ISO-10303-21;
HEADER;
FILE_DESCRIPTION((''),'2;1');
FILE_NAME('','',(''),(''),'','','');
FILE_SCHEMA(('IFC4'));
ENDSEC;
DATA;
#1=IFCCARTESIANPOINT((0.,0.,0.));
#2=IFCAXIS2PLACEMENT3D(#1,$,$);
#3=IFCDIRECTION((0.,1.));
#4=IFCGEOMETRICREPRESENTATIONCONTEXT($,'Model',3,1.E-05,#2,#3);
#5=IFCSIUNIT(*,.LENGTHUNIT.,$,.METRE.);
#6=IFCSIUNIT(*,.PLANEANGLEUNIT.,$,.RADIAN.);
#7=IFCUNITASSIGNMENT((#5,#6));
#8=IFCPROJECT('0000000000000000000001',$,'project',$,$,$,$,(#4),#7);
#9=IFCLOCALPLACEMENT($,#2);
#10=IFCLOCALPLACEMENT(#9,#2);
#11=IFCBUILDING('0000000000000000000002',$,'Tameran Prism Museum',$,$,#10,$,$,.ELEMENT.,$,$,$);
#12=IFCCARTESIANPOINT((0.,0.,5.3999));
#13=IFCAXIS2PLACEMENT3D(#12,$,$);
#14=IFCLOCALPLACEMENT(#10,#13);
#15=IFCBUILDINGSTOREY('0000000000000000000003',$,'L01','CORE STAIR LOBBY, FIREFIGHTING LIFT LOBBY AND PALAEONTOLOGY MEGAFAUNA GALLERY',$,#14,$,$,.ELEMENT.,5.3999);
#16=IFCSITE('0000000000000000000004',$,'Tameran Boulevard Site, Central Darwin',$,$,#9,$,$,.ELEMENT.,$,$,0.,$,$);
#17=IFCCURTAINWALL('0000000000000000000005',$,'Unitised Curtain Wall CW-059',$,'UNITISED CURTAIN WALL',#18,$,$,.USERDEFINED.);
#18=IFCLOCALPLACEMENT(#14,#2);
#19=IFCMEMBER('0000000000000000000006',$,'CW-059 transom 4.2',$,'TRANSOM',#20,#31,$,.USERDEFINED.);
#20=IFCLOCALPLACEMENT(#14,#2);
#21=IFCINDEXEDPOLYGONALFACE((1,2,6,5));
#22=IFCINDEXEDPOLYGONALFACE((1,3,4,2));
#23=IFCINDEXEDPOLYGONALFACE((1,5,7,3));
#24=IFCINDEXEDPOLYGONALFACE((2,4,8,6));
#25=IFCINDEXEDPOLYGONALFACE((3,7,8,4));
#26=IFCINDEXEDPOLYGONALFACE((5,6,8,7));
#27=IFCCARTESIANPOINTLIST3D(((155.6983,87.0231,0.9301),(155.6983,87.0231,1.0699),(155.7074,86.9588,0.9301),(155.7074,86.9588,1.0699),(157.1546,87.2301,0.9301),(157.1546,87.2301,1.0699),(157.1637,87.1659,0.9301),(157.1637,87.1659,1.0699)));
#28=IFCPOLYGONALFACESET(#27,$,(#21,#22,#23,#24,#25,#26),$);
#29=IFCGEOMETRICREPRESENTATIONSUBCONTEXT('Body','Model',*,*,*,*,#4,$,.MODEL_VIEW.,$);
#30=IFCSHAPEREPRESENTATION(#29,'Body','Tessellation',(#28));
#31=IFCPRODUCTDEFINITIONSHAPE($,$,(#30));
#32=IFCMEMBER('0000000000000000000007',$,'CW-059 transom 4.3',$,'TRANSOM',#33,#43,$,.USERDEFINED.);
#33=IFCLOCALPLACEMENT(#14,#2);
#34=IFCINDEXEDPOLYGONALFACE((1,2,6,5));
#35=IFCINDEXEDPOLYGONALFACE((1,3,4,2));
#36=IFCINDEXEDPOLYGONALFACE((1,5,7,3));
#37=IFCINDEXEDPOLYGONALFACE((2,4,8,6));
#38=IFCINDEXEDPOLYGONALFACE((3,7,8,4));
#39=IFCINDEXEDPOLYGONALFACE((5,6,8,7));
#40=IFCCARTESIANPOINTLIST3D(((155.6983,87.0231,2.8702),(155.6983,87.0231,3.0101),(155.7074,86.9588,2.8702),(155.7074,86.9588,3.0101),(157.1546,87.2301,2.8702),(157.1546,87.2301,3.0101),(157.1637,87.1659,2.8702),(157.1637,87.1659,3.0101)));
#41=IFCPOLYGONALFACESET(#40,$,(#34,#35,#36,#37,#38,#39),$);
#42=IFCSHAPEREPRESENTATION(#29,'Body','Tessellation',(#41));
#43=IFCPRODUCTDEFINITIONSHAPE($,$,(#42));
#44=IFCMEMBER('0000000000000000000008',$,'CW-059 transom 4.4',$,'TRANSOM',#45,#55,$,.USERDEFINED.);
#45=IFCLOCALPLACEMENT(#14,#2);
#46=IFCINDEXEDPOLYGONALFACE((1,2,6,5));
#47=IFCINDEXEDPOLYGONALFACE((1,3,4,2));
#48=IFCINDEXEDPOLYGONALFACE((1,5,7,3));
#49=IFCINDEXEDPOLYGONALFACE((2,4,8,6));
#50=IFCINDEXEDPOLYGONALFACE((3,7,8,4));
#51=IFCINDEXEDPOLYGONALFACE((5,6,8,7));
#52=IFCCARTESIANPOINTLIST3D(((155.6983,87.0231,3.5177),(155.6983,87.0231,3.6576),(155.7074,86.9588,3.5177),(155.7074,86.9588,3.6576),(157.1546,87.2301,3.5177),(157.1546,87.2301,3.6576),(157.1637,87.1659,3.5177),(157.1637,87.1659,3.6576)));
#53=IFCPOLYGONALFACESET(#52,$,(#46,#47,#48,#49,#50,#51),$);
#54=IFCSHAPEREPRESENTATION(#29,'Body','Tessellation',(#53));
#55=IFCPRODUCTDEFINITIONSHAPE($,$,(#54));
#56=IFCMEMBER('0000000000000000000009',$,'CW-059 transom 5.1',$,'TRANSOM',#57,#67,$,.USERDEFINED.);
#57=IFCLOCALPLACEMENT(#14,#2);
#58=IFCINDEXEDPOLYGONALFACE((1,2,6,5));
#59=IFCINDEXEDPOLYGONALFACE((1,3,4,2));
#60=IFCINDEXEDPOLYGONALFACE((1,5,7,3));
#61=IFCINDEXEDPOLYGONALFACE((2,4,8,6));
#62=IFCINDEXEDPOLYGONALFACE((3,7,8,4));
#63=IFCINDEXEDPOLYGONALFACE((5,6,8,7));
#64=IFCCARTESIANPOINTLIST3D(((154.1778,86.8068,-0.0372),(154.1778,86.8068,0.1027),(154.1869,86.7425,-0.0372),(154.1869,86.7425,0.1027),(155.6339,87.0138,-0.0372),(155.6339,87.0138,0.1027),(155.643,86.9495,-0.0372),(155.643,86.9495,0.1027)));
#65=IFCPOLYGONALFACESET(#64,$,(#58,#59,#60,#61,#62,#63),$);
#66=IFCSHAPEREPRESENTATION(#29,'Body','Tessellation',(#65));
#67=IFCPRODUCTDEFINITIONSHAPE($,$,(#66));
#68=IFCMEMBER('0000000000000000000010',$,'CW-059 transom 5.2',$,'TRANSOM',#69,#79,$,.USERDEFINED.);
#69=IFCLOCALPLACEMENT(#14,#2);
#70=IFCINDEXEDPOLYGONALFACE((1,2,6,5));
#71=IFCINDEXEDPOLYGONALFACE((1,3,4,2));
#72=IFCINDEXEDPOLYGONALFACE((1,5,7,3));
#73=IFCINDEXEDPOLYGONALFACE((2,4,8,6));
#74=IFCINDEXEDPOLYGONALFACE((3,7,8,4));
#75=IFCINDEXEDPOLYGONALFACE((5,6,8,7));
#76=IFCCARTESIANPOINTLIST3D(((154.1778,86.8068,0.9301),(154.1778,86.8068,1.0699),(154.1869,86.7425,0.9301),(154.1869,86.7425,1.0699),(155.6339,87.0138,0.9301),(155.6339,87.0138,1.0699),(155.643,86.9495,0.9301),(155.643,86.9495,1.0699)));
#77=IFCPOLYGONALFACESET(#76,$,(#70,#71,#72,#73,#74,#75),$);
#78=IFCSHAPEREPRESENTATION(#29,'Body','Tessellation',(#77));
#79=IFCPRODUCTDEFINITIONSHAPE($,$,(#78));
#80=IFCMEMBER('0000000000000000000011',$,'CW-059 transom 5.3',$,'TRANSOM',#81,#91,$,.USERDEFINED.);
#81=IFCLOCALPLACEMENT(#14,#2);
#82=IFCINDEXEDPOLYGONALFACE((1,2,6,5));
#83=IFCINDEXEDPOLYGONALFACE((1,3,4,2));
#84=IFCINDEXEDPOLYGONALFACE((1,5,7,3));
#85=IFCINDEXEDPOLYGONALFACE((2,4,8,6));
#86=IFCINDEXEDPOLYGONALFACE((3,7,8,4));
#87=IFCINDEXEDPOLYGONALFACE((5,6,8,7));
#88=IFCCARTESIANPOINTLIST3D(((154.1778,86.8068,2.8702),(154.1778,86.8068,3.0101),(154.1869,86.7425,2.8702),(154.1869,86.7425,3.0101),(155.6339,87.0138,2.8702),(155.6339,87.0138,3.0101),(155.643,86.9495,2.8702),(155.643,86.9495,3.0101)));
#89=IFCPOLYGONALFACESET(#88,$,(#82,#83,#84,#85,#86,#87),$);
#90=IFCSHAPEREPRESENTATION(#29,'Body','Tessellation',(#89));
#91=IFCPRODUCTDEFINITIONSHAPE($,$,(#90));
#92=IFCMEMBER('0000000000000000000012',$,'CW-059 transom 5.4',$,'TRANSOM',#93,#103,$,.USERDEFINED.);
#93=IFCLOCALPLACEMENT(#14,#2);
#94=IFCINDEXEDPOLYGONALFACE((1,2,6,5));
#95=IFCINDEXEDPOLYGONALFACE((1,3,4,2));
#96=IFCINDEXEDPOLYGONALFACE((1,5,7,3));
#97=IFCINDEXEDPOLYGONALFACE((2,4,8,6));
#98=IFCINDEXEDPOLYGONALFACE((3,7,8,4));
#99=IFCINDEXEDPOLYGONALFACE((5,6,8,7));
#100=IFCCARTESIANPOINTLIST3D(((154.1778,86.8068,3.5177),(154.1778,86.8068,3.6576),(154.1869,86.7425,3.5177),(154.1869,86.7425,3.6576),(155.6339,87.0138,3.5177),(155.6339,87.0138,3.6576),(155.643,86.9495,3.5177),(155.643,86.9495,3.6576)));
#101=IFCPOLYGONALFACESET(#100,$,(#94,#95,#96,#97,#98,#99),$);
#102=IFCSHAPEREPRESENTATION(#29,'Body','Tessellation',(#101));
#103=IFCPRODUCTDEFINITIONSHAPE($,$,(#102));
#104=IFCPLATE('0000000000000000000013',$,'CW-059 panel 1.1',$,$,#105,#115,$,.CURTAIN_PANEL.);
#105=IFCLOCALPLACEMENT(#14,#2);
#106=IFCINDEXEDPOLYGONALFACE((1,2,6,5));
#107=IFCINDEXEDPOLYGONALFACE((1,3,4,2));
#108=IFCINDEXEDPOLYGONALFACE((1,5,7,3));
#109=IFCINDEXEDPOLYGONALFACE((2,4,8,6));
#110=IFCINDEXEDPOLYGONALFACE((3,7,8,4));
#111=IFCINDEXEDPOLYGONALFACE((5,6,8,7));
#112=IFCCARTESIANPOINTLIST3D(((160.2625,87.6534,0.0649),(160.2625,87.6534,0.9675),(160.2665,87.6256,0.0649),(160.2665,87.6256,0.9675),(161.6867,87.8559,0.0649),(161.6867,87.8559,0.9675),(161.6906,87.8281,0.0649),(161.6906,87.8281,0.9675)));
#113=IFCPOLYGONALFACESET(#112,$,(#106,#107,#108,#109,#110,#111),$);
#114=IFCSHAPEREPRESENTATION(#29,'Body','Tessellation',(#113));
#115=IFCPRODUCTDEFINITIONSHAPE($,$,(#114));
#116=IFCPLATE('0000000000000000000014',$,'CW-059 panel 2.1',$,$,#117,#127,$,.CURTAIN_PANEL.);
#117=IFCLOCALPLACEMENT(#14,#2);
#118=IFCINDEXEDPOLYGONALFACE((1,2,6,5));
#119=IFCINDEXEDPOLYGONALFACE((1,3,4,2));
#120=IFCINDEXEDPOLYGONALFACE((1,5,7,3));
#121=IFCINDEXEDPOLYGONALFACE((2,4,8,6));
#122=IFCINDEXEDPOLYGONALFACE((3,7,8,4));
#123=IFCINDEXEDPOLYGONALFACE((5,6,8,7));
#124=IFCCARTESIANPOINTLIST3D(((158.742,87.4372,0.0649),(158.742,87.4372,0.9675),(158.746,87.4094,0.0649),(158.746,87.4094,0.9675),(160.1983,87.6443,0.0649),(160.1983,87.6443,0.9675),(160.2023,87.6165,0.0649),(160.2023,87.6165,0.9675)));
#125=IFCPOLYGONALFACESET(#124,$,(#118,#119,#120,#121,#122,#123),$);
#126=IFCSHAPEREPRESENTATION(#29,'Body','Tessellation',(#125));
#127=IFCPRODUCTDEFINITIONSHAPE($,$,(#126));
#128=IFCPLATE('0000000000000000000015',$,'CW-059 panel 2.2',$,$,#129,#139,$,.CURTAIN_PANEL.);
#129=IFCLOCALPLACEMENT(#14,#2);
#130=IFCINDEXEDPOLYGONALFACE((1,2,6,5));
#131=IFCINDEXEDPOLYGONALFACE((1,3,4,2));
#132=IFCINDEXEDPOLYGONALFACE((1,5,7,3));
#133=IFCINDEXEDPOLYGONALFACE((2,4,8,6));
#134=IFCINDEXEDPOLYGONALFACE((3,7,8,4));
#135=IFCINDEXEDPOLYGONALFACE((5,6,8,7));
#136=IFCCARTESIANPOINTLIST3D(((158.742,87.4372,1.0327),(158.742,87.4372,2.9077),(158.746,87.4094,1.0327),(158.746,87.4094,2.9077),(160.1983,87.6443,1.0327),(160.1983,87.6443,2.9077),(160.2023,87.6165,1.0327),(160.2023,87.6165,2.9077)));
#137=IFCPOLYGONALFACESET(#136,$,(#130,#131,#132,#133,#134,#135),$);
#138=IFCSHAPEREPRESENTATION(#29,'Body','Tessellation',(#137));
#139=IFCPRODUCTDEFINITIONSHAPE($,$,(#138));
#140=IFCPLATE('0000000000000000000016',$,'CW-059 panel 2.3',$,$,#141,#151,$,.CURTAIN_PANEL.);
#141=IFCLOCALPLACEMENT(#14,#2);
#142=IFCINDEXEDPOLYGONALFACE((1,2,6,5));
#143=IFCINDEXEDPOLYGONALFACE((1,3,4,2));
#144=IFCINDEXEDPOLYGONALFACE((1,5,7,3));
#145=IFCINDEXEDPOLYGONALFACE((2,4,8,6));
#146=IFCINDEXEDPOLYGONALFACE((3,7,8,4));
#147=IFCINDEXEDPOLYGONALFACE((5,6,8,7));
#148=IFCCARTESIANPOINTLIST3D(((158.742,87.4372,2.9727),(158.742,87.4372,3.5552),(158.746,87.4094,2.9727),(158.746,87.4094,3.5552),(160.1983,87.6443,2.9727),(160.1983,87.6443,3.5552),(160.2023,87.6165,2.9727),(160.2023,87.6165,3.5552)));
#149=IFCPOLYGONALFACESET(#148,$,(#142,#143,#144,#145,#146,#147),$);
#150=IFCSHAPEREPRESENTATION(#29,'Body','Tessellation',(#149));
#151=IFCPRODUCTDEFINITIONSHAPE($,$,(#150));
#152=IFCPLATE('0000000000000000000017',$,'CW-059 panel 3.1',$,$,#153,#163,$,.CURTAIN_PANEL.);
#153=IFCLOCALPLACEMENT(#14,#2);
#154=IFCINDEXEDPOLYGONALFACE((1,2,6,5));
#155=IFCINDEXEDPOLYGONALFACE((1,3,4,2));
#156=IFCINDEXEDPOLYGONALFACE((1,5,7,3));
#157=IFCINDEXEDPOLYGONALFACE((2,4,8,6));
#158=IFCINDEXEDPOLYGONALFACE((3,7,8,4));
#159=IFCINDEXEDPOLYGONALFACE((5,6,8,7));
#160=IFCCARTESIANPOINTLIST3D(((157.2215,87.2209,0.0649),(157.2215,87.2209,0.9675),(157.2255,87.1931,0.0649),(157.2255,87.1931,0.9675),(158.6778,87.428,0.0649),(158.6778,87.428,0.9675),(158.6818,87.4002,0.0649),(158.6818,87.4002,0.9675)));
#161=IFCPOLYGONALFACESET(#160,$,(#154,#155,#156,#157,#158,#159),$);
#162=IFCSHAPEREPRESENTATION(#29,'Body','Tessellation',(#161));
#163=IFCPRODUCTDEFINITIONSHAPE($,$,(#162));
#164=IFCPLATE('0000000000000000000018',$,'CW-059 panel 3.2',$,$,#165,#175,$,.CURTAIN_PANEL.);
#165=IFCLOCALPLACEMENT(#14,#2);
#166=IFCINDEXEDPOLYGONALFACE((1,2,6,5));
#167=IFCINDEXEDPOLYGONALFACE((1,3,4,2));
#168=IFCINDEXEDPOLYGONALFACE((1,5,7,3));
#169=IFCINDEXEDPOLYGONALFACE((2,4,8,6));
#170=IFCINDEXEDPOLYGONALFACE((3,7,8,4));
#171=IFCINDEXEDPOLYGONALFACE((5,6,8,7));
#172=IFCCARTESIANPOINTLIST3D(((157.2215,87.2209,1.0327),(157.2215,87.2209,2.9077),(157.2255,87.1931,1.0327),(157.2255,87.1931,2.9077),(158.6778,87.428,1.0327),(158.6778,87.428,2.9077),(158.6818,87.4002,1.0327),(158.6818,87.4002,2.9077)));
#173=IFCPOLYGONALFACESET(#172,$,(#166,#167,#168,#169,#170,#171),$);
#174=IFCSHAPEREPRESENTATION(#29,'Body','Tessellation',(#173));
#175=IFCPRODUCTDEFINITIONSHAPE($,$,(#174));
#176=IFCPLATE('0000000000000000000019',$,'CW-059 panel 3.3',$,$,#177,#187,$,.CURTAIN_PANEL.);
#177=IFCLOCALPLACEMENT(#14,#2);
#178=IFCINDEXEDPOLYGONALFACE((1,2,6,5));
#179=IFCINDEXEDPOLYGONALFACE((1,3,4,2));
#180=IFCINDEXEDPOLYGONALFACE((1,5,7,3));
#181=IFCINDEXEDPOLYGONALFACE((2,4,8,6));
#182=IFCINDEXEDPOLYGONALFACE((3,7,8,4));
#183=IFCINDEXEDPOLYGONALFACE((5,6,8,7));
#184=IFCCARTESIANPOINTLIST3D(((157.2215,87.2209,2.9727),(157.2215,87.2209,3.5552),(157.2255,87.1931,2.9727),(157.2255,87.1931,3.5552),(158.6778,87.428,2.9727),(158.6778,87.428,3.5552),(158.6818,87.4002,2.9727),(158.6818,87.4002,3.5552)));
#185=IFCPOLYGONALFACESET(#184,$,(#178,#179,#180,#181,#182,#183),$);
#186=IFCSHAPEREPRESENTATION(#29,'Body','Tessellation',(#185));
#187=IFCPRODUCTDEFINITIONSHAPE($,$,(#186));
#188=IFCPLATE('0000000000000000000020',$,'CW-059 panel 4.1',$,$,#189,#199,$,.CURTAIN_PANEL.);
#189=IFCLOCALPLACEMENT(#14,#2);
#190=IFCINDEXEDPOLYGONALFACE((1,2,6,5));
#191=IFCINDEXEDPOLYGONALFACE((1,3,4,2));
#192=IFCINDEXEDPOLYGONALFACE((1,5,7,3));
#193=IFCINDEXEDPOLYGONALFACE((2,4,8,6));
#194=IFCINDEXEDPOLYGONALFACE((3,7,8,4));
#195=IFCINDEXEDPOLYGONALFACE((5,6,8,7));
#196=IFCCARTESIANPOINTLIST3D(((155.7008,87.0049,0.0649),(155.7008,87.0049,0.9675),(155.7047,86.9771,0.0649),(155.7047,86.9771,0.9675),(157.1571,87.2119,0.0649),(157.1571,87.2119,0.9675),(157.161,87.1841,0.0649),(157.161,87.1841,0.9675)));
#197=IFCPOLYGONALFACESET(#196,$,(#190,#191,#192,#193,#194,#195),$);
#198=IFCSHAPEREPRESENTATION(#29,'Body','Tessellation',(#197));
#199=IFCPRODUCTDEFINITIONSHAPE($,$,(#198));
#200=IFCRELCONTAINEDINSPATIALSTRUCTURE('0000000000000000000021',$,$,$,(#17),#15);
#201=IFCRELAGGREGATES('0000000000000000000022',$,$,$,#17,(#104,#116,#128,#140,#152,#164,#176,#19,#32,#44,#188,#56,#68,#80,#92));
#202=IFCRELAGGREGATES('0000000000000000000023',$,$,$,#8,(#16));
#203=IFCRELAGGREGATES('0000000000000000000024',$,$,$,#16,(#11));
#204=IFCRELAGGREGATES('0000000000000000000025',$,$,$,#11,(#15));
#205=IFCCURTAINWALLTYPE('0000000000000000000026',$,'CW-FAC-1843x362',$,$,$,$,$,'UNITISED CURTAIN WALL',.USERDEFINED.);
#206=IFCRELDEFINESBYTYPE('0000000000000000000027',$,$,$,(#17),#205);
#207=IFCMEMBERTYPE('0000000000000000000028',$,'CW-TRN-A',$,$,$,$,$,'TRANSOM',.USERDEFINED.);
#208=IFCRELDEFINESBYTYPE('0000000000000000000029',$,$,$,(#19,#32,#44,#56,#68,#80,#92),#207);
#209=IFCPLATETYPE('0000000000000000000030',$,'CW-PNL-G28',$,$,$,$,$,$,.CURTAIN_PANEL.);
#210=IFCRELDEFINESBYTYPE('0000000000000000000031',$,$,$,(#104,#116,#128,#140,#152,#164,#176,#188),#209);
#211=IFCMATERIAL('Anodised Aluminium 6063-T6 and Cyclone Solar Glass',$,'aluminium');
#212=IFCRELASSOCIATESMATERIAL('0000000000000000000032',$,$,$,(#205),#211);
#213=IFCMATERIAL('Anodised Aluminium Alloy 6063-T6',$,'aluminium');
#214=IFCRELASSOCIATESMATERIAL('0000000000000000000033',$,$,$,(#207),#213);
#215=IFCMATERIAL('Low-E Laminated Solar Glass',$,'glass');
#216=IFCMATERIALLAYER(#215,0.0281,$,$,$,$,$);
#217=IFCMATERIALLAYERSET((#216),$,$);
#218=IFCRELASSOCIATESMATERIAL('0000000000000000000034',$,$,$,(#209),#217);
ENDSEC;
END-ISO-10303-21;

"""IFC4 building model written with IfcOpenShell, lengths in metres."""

from ifc_helpers import new_model, si_unit, direction, frame, origin, origin_2d, place, context, subcontext, project, spatial, rectangle, extrude, material, layer, layer_set, material_profile, profile_set, type_object, element, aggregate, save


model = new_model("IFC4")

# Units and contexts
model_context = context("Model", 3, precision=1e-05, world=origin(), true_north=direction((0.0, 1.0)))
body_context = subcontext(model_context, "Body", "Model", "MODEL_VIEW")
ifc_project = project(units=[si_unit("LENGTHUNIT", "METRE"), si_unit("PLANEANGLEUNIT", "RADIAN")], contexts=[model_context])

# Site, building, storey
site_placement = place(None, origin())
site = spatial("IfcSite", under=ifc_project, at=site_placement, Name="Tameran Boulevard Site, Central Darwin", CompositionType="ELEMENT", RefElevation=0.0)
building_placement = place(site_placement, origin())
building = spatial("IfcBuilding", under=site, at=building_placement, Name="Tameran Prism Museum", CompositionType="ELEMENT")
storey_placement = place(building_placement, frame((0.0, 0.0, 5.3999)))
storey = spatial("IfcBuildingStorey", under=building, at=storey_placement, Name="L01", Description="CORE STAIR LOBBY, FIREFIGHTING LIFT LOBBY AND PALAEONTOLOGY MEGAFAUNA GALLERY", CompositionType="ELEMENT", Elevation=5.3999)

# Curtain wall, members, plates
ifc_material_1 = material(Name="Anodised Aluminium 6063-T6 and Cyclone Solar Glass", Category="aluminium")
curtain_wall_type = type_object("IfcCurtainWallType", Name="CW-FAC-1843x362", ElementType="UNITISED CURTAIN WALL", PredefinedType="USERDEFINED", material=ifc_material_1)
curtain_wall_placement = place(storey_placement, origin())
curtain_wall = element("IfcCurtainWall", 1, at=curtain_wall_placement, inside=storey, type_object=curtain_wall_type, Name="Unitised Curtain Wall CW-059", ObjectType="UNITISED CURTAIN WALL", PredefinedType="USERDEFINED")
ifc_material_2 = material(Name="Anodised Aluminium Alloy 6063-T6", Category="aluminium")
ifc_material_profile_1 = material_profile(ifc_material_2, rectangle(XDim=0.0649, YDim=0.1399, at=origin_2d()))
ifc_profile_set_1 = profile_set([ifc_material_profile_1])
member_type_1 = type_object("IfcMemberType", Name="CW-TRN-A", ElementType="TRANSOM", PredefinedType="USERDEFINED", material=ifc_profile_set_1)
member_1_placement = place(storey_placement, frame((157.1592, 87.198, 1.0), z_axis=(-0.990046, -0.140747, 0.0), x_axis=(0.140747, -0.990046, 0.0)))
member_1 = element("IfcMember", 2, at=member_1_placement, type_object=member_type_1, Name="CW-059 transom 4.2", ObjectType="TRANSOM", PredefinedType="USERDEFINED", context=body_context, shape_type="SweptSolid", body=[
    extrude(rectangle(XDim=0.0649, YDim=0.1399, at=origin_2d()), origin(), (0.0, 0.0, 1.0), 1.4709),
])
member_2_placement = place(storey_placement, frame((157.1592, 87.198, 2.9402), z_axis=(-0.990046, -0.140747, 0.0), x_axis=(0.140747, -0.990046, 0.0)))
member_2 = element("IfcMember", 3, at=member_2_placement, type_object=member_type_1, Name="CW-059 transom 4.3", ObjectType="TRANSOM", PredefinedType="USERDEFINED", context=body_context, shape_type="SweptSolid", body=[
    extrude(rectangle(XDim=0.0649, YDim=0.1399, at=origin_2d()), origin(), (0.0, 0.0, 1.0), 1.4709),
])
member_3_placement = place(storey_placement, frame((157.1592, 87.198, 3.5876), z_axis=(-0.990046, -0.140747, 0.0), x_axis=(0.140747, -0.990046, 0.0)))
member_3 = element("IfcMember", 4, at=member_3_placement, type_object=member_type_1, Name="CW-059 transom 4.4", ObjectType="TRANSOM", PredefinedType="USERDEFINED", context=body_context, shape_type="SweptSolid", body=[
    extrude(rectangle(XDim=0.0649, YDim=0.1399, at=origin_2d()), origin(), (0.0, 0.0, 1.0), 1.4709),
])
member_4_placement = place(storey_placement, frame((155.6384, 86.9817, 0.0327), z_axis=(-0.990042, -0.140771, 0.0), x_axis=(0.140771, -0.990042, 0.0)))
member_4 = element("IfcMember", 5, at=member_4_placement, type_object=member_type_1, Name="CW-059 transom 5.1", ObjectType="TRANSOM", PredefinedType="USERDEFINED", context=body_context, shape_type="SweptSolid", body=[
    extrude(rectangle(XDim=0.0649, YDim=0.1399, at=origin_2d()), origin(), (0.0, 0.0, 1.0), 1.4707),
])
member_5_placement = place(storey_placement, frame((155.6384, 86.9817, 1.0), z_axis=(-0.990042, -0.140771, 0.0), x_axis=(0.140771, -0.990042, 0.0)))
member_5 = element("IfcMember", 6, at=member_5_placement, type_object=member_type_1, Name="CW-059 transom 5.2", ObjectType="TRANSOM", PredefinedType="USERDEFINED", context=body_context, shape_type="SweptSolid", body=[
    extrude(rectangle(XDim=0.0649, YDim=0.1399, at=origin_2d()), origin(), (0.0, 0.0, 1.0), 1.4707),
])
member_6_placement = place(storey_placement, frame((155.6384, 86.9817, 2.9402), z_axis=(-0.990042, -0.140771, 0.0), x_axis=(0.140771, -0.990042, 0.0)))
member_6 = element("IfcMember", 7, at=member_6_placement, type_object=member_type_1, Name="CW-059 transom 5.3", ObjectType="TRANSOM", PredefinedType="USERDEFINED", context=body_context, shape_type="SweptSolid", body=[
    extrude(rectangle(XDim=0.0649, YDim=0.1399, at=origin_2d()), origin(), (0.0, 0.0, 1.0), 1.4707),
])
member_7_placement = place(storey_placement, frame((155.6384, 86.9817, 3.5876), z_axis=(-0.990042, -0.140771, 0.0), x_axis=(0.140771, -0.990042, 0.0)))
member_7 = element("IfcMember", 8, at=member_7_placement, type_object=member_type_1, Name="CW-059 transom 5.4", ObjectType="TRANSOM", PredefinedType="USERDEFINED", context=body_context, shape_type="SweptSolid", body=[
    extrude(rectangle(XDim=0.0649, YDim=0.1399, at=origin_2d()), origin(), (0.0, 0.0, 1.0), 1.4707),
])
ifc_material_3 = material(Name="Low-E Laminated Solar Glass", Category="glass")
ifc_layer = layer(ifc_material_3, 0.0281)
ifc_layer_set = layer_set([ifc_layer])
plate_type = type_object("IfcPlateType", Name="CW-PNL-G28", PredefinedType="CURTAIN_PANEL", material=ifc_layer_set)
plate_1_placement = place(storey_placement, frame((160.9766, 87.7407, 0.0649), z_axis=(0.0, 0.0, 1.0), x_axis=(-0.990046, -0.140745, 0.0)))
plate_1 = element("IfcPlate", 9, at=plate_1_placement, type_object=plate_type, Name="CW-059 panel 1.1", PredefinedType="CURTAIN_PANEL", context=body_context, shape_type="SweptSolid", body=[
    extrude(rectangle(XDim=1.4385, YDim=0.0281, at=origin_2d()), origin(), (0.0, 0.0, 1.0), 0.9026),
])
plate_2_placement = place(storey_placement, frame((159.4722, 87.5269, 0.0649), z_axis=(0.0, 0.0, 1.0), x_axis=(-0.990046, -0.140745, 0.0)))
plate_2 = element("IfcPlate", 10, at=plate_2_placement, type_object=plate_type, Name="CW-059 panel 2.1", PredefinedType="CURTAIN_PANEL", context=body_context, shape_type="SweptSolid", body=[
    extrude(rectangle(XDim=1.4709, YDim=0.0281, at=origin_2d()), origin(), (0.0, 0.0, 1.0), 0.9026),
])
plate_3_placement = place(storey_placement, frame((159.4722, 87.5269, 1.0327), z_axis=(0.0, 0.0, 1.0), x_axis=(-0.990046, -0.140745, 0.0)))
plate_3 = element("IfcPlate", 11, at=plate_3_placement, type_object=plate_type, Name="CW-059 panel 2.2", PredefinedType="CURTAIN_PANEL", context=body_context, shape_type="SweptSolid", body=[
    extrude(rectangle(XDim=1.4709, YDim=0.0281, at=origin_2d()), origin(), (0.0, 0.0, 1.0), 1.875),
])
plate_4_placement = place(storey_placement, frame((159.4722, 87.5269, 2.9727), z_axis=(0.0, 0.0, 1.0), x_axis=(-0.990046, -0.140745, 0.0)))
plate_4 = element("IfcPlate", 12, at=plate_4_placement, type_object=plate_type, Name="CW-059 panel 2.3", PredefinedType="CURTAIN_PANEL", context=body_context, shape_type="SweptSolid", body=[
    extrude(rectangle(XDim=1.4709, YDim=0.0281, at=origin_2d()), origin(), (0.0, 0.0, 1.0), 0.5825),
])
plate_5_placement = place(storey_placement, frame((157.9517, 87.3105, 0.0649), z_axis=(0.0, 0.0, 1.0), x_axis=(-0.990046, -0.140745, 0.0)))
plate_5 = element("IfcPlate", 13, at=plate_5_placement, type_object=plate_type, Name="CW-059 panel 3.1", PredefinedType="CURTAIN_PANEL", context=body_context, shape_type="SweptSolid", body=[
    extrude(rectangle(XDim=1.4709, YDim=0.0281, at=origin_2d()), origin(), (0.0, 0.0, 1.0), 0.9026),
])
plate_6_placement = place(storey_placement, frame((157.9517, 87.3105, 1.0327), z_axis=(0.0, 0.0, 1.0), x_axis=(-0.990046, -0.140745, 0.0)))
plate_6 = element("IfcPlate", 14, at=plate_6_placement, type_object=plate_type, Name="CW-059 panel 3.2", PredefinedType="CURTAIN_PANEL", context=body_context, shape_type="SweptSolid", body=[
    extrude(rectangle(XDim=1.4709, YDim=0.0281, at=origin_2d()), origin(), (0.0, 0.0, 1.0), 1.875),
])
plate_7_placement = place(storey_placement, frame((157.9517, 87.3105, 2.9727), z_axis=(0.0, 0.0, 1.0), x_axis=(-0.990046, -0.140745, 0.0)))
plate_7 = element("IfcPlate", 15, at=plate_7_placement, type_object=plate_type, Name="CW-059 panel 3.3", PredefinedType="CURTAIN_PANEL", context=body_context, shape_type="SweptSolid", body=[
    extrude(rectangle(XDim=1.4709, YDim=0.0281, at=origin_2d()), origin(), (0.0, 0.0, 1.0), 0.5825),
])
plate_8_placement = place(storey_placement, frame((156.4309, 87.0945, 0.0649), z_axis=(0.0, 0.0, 1.0), x_axis=(-0.990046, -0.140745, 0.0)))
plate_8 = element("IfcPlate", 16, at=plate_8_placement, type_object=plate_type, Name="CW-059 panel 4.1", PredefinedType="CURTAIN_PANEL", context=body_context, shape_type="SweptSolid", body=[
    extrude(rectangle(XDim=1.4709, YDim=0.0281, at=origin_2d()), origin(), (0.0, 0.0, 1.0), 0.9026),
])
aggregate(curtain_wall, [plate_1, plate_2, plate_3, plate_4, plate_5, plate_6, plate_7, member_1, member_2, member_3, plate_8, member_4, member_5, member_6, member_7])

save(model, "model.ifc")
